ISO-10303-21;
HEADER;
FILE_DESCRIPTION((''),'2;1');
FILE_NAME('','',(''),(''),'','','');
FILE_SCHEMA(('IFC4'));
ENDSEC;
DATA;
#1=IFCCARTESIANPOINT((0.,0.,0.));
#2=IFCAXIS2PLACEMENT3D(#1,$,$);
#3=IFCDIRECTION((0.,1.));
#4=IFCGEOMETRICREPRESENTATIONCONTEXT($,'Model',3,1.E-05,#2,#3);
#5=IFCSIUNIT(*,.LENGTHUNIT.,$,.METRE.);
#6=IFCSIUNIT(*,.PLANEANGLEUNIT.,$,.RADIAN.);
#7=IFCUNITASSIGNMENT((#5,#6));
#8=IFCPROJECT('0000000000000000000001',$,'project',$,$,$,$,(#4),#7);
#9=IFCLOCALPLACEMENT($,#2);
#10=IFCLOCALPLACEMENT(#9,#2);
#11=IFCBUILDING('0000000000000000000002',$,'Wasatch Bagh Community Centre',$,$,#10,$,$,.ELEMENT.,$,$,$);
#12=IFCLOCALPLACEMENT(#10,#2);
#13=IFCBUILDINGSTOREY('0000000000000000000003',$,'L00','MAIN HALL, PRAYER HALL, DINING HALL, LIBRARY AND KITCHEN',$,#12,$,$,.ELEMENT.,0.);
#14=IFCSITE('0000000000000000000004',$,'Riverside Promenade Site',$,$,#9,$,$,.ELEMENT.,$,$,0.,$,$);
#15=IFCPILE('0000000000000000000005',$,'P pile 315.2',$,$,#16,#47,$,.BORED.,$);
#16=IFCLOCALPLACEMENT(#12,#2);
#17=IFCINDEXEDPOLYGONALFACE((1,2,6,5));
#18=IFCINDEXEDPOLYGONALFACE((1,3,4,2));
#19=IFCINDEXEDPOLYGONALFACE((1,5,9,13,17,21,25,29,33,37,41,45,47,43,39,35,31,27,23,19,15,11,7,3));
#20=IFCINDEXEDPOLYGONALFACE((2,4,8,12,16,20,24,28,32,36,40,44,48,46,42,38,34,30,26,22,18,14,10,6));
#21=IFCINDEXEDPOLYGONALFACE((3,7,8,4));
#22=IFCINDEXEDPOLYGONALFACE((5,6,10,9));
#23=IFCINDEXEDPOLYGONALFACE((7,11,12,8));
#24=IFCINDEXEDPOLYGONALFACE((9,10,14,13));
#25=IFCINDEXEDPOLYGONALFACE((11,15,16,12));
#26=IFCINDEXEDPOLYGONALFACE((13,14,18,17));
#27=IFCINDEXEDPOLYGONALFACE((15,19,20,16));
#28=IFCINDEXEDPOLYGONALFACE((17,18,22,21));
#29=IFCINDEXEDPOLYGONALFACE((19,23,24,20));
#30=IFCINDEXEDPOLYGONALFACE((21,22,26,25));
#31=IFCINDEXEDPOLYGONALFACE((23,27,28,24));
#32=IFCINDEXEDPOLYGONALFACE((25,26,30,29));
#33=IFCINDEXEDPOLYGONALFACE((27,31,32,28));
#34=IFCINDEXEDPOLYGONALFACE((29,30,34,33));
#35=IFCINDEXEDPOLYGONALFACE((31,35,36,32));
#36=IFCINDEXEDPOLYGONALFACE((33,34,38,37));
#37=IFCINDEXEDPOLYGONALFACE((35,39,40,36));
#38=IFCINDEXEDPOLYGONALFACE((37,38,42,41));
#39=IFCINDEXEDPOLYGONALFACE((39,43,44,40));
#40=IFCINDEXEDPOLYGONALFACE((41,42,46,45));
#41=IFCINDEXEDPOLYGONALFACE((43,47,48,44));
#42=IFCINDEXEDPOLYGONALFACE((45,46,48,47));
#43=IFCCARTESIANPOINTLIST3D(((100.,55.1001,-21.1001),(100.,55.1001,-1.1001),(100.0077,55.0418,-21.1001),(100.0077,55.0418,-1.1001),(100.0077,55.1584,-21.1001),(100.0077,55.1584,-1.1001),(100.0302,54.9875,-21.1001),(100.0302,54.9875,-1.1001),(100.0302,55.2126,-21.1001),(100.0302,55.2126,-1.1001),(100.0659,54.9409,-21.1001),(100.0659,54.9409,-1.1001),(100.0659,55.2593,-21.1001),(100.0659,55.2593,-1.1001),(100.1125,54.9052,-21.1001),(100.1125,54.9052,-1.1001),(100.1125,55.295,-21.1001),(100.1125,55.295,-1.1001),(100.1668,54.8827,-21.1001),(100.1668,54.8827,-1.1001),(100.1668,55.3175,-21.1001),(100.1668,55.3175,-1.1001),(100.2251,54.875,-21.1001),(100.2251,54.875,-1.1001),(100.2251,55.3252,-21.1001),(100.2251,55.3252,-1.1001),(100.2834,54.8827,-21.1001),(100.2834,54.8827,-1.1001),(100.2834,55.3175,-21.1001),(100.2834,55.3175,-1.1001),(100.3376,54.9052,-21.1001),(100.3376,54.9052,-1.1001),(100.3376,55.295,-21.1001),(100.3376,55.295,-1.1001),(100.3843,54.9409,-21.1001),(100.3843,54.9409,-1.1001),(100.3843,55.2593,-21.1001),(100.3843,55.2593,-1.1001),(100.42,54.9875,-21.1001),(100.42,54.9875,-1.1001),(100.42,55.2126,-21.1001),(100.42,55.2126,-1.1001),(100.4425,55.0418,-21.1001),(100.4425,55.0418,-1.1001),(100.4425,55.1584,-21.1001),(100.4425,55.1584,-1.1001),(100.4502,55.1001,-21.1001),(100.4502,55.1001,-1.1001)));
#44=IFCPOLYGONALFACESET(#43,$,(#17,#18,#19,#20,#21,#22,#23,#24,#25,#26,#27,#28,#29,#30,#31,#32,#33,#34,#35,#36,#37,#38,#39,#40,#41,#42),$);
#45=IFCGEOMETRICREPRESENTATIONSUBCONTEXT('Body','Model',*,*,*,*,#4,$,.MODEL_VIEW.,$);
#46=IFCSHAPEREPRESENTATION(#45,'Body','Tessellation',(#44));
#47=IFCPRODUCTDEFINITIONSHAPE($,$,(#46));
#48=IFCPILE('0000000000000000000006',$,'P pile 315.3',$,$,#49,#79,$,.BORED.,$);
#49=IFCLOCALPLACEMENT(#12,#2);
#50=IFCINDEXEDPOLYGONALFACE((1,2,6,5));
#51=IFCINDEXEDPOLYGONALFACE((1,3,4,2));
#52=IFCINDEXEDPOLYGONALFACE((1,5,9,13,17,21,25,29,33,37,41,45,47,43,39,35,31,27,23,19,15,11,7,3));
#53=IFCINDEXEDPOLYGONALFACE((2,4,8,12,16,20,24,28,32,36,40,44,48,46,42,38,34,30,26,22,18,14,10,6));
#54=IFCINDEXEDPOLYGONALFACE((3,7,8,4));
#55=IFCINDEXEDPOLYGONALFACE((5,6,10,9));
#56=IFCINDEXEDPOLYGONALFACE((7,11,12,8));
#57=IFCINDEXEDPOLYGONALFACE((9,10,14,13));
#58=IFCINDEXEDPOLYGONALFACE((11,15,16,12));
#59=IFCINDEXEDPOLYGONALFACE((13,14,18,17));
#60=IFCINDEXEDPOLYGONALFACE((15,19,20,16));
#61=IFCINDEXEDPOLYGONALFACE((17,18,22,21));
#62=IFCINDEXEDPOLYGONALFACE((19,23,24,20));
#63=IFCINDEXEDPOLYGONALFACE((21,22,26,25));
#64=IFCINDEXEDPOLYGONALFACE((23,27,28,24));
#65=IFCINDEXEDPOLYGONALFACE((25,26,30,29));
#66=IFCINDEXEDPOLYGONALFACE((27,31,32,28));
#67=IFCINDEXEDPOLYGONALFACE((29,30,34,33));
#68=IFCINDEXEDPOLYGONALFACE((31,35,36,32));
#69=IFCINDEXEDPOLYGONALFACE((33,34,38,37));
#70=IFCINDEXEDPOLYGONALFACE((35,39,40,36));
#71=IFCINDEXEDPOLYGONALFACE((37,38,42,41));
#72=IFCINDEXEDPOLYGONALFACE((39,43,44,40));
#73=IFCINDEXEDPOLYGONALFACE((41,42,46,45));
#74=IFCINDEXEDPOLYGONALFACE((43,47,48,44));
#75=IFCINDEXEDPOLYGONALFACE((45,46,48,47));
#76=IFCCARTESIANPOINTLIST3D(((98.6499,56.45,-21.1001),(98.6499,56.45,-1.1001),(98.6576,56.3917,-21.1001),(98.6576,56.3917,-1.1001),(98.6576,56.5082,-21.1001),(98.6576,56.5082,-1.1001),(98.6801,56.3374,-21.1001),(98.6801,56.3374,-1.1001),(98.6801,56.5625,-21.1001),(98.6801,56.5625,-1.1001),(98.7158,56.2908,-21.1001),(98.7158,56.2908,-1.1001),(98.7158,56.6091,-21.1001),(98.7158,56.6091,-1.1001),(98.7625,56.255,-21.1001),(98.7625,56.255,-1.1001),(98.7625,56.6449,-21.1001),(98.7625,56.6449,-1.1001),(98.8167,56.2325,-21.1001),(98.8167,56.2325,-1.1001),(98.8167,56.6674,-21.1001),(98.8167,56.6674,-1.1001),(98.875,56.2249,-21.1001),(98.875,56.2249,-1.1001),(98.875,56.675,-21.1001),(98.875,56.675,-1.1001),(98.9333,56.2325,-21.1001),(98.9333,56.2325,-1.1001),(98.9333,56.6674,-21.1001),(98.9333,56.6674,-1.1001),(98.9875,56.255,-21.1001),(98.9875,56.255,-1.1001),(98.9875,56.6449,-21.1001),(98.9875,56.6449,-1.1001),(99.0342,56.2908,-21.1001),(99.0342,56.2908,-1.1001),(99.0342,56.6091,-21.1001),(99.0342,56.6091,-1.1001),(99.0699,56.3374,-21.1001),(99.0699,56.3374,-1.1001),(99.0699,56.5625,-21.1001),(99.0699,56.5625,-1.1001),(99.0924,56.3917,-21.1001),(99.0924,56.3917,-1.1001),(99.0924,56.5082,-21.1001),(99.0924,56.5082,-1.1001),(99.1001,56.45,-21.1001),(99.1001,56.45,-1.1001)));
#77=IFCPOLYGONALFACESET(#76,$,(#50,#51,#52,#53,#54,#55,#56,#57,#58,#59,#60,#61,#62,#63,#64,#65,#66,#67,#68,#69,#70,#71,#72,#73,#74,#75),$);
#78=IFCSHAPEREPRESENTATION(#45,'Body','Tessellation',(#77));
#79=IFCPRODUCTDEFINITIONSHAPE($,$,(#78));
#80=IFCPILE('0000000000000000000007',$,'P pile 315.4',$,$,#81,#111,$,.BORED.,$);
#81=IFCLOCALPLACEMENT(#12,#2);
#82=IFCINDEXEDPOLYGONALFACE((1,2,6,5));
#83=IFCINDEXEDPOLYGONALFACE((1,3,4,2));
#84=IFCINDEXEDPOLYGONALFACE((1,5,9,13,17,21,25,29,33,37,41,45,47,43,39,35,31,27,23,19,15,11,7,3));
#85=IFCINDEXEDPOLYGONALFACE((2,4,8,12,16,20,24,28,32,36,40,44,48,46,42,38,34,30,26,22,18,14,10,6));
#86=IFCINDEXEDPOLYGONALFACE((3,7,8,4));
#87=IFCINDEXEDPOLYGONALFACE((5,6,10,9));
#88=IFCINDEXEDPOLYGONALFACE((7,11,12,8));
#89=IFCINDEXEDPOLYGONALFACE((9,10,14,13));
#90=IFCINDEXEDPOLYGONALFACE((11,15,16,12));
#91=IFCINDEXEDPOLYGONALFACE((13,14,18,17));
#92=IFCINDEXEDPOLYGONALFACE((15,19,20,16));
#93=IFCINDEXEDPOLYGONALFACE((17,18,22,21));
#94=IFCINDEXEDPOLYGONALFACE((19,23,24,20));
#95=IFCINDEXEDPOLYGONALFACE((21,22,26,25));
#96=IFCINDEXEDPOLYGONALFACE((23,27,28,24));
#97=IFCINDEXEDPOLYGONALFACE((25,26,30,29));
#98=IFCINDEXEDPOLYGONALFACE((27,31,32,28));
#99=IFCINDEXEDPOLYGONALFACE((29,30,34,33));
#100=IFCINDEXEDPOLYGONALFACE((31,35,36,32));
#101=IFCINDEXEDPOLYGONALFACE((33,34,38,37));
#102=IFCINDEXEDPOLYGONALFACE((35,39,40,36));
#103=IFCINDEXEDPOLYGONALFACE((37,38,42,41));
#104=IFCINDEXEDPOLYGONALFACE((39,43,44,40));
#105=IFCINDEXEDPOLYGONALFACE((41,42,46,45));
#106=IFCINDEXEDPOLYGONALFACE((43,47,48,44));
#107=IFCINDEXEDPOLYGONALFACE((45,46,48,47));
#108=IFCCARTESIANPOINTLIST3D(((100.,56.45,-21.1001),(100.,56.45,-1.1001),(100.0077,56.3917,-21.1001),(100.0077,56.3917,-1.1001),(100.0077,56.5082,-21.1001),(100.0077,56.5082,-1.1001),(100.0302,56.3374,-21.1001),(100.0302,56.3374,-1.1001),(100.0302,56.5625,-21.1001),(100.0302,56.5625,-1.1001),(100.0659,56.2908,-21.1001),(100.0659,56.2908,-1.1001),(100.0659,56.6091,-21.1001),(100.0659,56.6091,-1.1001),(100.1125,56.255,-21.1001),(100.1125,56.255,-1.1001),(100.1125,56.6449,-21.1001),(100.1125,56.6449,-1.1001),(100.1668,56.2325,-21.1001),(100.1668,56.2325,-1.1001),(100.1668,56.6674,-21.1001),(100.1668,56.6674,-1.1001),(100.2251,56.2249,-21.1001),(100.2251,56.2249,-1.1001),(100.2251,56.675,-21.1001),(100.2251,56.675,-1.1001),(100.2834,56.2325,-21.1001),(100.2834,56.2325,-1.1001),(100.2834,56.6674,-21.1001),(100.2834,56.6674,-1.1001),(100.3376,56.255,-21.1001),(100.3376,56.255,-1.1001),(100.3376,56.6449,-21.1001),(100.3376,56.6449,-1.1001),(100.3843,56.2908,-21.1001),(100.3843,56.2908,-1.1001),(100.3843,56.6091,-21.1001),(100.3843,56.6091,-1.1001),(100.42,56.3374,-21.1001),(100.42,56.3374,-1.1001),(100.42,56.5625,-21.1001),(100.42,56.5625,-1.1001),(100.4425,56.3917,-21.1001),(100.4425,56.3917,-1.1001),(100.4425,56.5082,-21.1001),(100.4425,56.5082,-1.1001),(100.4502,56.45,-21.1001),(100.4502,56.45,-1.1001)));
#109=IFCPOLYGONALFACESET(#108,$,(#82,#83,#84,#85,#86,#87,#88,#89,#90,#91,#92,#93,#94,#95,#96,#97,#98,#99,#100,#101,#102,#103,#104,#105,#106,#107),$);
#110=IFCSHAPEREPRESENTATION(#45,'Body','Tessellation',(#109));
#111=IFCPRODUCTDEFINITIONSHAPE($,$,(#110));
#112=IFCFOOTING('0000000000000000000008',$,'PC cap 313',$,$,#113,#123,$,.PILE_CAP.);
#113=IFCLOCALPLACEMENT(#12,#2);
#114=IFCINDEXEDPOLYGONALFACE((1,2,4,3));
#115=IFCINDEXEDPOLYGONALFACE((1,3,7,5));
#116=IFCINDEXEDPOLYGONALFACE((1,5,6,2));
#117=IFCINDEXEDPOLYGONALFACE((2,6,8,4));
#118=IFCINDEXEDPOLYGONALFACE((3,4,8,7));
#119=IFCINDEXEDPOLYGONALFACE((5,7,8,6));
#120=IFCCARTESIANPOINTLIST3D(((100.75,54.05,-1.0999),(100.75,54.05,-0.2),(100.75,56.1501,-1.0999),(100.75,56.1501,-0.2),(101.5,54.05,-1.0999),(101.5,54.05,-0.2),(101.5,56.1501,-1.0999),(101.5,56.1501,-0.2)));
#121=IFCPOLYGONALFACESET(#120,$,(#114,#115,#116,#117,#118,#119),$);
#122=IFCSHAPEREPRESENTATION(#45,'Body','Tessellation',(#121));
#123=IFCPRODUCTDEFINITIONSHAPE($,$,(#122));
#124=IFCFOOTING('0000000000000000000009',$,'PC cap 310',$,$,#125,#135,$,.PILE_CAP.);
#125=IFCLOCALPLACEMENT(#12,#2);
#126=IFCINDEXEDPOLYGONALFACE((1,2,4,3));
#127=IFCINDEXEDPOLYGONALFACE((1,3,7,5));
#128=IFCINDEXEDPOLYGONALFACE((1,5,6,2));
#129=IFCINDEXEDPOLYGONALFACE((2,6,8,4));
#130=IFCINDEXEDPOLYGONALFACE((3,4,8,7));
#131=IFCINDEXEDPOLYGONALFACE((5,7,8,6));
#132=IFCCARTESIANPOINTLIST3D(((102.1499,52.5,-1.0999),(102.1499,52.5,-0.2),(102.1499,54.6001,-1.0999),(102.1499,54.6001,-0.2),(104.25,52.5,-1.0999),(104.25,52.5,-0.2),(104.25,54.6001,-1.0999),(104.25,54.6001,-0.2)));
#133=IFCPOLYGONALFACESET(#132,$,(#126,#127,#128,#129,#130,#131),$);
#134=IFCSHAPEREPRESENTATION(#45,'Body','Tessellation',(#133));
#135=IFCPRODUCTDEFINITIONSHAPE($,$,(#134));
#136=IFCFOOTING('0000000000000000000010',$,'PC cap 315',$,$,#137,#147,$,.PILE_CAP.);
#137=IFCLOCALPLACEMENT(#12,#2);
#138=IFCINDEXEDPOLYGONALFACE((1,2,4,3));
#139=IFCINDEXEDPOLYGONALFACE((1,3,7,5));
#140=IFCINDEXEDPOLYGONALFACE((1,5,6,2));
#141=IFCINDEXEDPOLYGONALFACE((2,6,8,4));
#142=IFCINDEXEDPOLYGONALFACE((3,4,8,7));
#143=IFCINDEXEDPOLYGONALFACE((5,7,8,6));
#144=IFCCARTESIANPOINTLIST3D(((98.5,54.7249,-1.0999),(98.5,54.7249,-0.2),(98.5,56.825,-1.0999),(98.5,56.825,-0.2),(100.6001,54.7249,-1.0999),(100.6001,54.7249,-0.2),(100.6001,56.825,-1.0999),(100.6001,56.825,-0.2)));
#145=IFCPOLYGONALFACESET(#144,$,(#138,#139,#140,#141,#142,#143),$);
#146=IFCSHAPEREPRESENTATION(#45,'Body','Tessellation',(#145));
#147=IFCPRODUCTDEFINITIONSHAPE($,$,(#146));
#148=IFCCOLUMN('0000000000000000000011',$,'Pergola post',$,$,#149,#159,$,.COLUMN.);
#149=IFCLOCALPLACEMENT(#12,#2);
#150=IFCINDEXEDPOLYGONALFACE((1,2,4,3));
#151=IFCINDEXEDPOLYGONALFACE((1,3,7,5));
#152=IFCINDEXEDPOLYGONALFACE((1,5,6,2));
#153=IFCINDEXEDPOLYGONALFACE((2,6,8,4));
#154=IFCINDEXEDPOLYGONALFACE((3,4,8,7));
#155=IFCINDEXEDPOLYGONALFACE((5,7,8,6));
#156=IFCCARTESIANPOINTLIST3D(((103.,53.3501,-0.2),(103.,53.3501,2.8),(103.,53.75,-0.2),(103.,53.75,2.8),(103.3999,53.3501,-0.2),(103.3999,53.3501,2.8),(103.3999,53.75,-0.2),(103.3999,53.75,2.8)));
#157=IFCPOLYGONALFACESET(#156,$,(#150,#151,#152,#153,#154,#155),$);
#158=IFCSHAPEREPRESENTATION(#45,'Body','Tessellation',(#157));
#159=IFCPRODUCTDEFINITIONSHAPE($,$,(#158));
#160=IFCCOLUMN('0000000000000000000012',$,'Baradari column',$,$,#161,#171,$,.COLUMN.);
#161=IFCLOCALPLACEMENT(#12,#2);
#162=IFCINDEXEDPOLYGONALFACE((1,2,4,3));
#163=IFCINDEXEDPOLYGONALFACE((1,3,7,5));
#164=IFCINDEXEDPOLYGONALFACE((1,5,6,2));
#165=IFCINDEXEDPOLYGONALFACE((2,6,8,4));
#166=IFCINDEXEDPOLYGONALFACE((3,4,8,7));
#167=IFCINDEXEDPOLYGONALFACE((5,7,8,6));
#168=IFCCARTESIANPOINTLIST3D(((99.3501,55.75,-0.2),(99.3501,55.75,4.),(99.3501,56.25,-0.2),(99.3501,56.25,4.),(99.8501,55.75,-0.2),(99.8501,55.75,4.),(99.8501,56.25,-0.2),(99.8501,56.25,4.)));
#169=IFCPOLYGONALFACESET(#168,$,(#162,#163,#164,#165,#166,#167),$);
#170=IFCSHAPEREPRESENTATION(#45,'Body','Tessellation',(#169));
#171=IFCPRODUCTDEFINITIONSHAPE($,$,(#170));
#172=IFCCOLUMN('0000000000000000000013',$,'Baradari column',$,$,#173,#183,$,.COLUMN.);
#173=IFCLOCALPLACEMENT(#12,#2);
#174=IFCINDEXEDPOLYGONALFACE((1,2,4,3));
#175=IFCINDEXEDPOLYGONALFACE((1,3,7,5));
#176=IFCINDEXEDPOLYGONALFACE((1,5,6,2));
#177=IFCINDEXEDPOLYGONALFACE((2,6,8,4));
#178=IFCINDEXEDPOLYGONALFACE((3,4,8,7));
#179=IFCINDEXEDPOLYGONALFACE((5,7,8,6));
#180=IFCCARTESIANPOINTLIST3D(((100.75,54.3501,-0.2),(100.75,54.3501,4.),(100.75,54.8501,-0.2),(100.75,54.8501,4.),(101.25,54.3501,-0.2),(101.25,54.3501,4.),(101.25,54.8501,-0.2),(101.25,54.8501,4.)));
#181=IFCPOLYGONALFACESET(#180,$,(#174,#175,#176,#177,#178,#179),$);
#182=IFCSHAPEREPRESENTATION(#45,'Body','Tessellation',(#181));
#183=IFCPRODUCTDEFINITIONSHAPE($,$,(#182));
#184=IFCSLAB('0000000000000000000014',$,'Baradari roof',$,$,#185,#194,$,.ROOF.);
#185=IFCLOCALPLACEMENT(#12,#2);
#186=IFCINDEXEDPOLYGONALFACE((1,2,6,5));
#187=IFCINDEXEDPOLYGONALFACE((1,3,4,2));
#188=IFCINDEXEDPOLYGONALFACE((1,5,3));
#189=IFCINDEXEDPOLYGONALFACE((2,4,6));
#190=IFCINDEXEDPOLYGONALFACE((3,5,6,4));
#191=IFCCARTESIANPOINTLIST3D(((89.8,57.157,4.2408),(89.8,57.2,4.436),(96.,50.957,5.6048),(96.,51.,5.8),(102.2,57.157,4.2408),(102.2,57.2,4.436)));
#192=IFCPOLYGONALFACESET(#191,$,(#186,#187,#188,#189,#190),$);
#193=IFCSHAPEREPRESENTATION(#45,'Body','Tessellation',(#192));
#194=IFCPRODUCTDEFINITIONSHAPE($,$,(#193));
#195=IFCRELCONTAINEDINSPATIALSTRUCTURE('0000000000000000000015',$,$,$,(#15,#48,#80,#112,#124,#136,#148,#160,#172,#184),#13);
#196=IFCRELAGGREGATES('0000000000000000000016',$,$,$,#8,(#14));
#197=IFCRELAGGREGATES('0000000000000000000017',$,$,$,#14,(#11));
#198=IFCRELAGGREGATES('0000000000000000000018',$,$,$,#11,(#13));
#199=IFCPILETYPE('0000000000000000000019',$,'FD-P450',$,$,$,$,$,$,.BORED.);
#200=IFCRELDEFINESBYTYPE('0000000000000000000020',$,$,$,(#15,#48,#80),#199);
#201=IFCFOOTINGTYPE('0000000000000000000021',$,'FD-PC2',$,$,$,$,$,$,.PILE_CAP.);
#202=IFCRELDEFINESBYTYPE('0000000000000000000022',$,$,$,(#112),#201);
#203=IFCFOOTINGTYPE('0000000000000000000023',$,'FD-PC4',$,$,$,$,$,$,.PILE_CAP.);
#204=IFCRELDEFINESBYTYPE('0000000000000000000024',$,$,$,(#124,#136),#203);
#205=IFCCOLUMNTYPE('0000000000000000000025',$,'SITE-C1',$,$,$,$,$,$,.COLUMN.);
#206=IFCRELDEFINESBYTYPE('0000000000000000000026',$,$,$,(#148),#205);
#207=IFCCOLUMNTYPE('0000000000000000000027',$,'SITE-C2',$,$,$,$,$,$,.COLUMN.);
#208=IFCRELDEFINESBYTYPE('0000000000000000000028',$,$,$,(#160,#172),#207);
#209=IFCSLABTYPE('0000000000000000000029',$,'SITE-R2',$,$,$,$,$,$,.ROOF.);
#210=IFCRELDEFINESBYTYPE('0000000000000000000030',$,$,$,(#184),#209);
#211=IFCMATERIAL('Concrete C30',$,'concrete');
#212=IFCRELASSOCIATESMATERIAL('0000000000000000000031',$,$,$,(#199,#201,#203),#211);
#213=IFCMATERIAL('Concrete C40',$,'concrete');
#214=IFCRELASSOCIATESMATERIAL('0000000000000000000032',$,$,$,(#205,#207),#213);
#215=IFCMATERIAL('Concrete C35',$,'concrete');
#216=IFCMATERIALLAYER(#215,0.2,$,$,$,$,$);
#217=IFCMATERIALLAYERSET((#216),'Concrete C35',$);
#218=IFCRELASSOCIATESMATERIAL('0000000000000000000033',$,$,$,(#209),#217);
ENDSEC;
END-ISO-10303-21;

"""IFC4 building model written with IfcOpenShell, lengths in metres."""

from ifc_helpers import new_model, si_unit, direction, frame, origin, origin_2d, place, context, subcontext, project, spatial, polyline, rectangle, circle, outline, extrude, material, layer, layer_set, material_profile, profile_set, type_object, element, save


model = new_model("IFC4")

# Units and contexts
model_context = context("Model", 3, precision=1e-05, world=origin(), true_north=direction((0.0, 1.0)))
body_context = subcontext(model_context, "Body", "Model", "MODEL_VIEW")
ifc_project = project(units=[si_unit("LENGTHUNIT", "METRE"), si_unit("PLANEANGLEUNIT", "RADIAN")], contexts=[model_context])

# Site, building, storey
site_placement = place(None, origin())
site = spatial("IfcSite", under=ifc_project, at=site_placement, Name="Riverside Promenade Site", CompositionType="ELEMENT", RefElevation=0.0)
building_placement = place(site_placement, origin())
building = spatial("IfcBuilding", under=site, at=building_placement, Name="Wasatch Bagh Community Centre", CompositionType="ELEMENT")
storey_placement = place(building_placement, origin())
storey = spatial("IfcBuildingStorey", under=building, at=storey_placement, Name="L00", Description="MAIN HALL, PRAYER HALL, DINING HALL, LIBRARY AND KITCHEN", CompositionType="ELEMENT", Elevation=0.0)

# Shared definitions
ifc_material_1 = material(Name="Concrete C35", Category="concrete")

# Piles
ifc_material_2 = material(Name="Concrete C30", Category="concrete")
ifc_material_profile_1 = material_profile(ifc_material_2, circle(Radius=0.2251, at=origin_2d()), Name="RC D450")
ifc_profile_set_1 = profile_set([ifc_material_profile_1], Name="Concrete C30")
pile_type = type_object("IfcPileType", Name="FD-P450", PredefinedType="BORED", material=ifc_profile_set_1)
for number, where, z_axis, x_axis, name in (
    (1, (100.2251, 55.1001, -1.1001), (0.0, 0.0, -1.0), (1.0, 0.0, 0.0), "P pile 315.2"),
    (2, (98.875, 56.45, -1.1001), (0.0, 0.0, -1.0), (1.0, 0.0, 0.0), "P pile 315.3"),
    (3, (100.2251, 56.45, -1.1001), (0.0, 0.0, -1.0), (1.0, 0.0, 0.0), "P pile 315.4"),
):
    element("IfcPile", number, at=place(storey_placement, frame(where, z_axis=z_axis, x_axis=x_axis)), inside=storey, type_object=pile_type, Name=name, PredefinedType="BORED", context=body_context, shape_type="SweptSolid", body=[
        extrude(circle(Radius=0.2251, at=origin_2d()), origin(), (0.0, 0.0, 1.0), 20.0),
    ])

# Footings
footing_type_1 = type_object("IfcFootingType", Name="FD-PC2", PredefinedType="PILE_CAP", material=ifc_material_2)
footing_1_placement = place(storey_placement, frame((101.125, 55.1001, -1.0999), z_axis=(0.0, 0.0, 1.0), x_axis=(0.0, 1.0, 0.0)))
element("IfcFooting", 4, at=footing_1_placement, inside=storey, type_object=footing_type_1, Name="PC cap 313", PredefinedType="PILE_CAP", context=body_context, shape_type="SweptSolid", body=[
    extrude(rectangle(XDim=2.1001, YDim=0.75, at=origin_2d()), origin(), (0.0, 0.0, 1.0), 0.8999),
])
footing_type_2 = type_object("IfcFootingType", Name="FD-PC4", PredefinedType="PILE_CAP", material=ifc_material_2)
for number, where, z_axis, x_axis, name in (
    (5, (103.2, 53.55, -1.0999), (0.0, 0.0, 1.0), (1.0, 0.0, 0.0), "PC cap 310"),
    (6, (99.55, 55.7749, -1.0999), (0.0, 0.0, 1.0), (1.0, 0.0, 0.0), "PC cap 315"),
):
    element("IfcFooting", number, at=place(storey_placement, frame(where, z_axis=z_axis, x_axis=x_axis)), inside=storey, type_object=footing_type_2, Name=name, PredefinedType="PILE_CAP", context=body_context, shape_type="SweptSolid", body=[
        extrude(rectangle(XDim=2.1001, YDim=2.1001, at=origin_2d()), origin(), (0.0, 0.0, 1.0), 0.8999),
    ])

# Columns
ifc_material_3 = material(Name="Concrete C40", Category="concrete")
ifc_material_profile_2 = material_profile(ifc_material_3, rectangle(XDim=0.3999, YDim=0.3999, at=origin_2d()), Name="RC 400x400")
ifc_profile_set_2 = profile_set([ifc_material_profile_2], Name="Concrete C40")
column_type_1 = type_object("IfcColumnType", Name="SITE-C1", PredefinedType="COLUMN", material=ifc_profile_set_2)
column_placement = place(storey_placement, frame((103.2, 53.55, -0.2), z_axis=(0.0, 0.0, 1.0), x_axis=(1.0, 0.0, 0.0)))
element("IfcColumn", 7, at=column_placement, inside=storey, type_object=column_type_1, Name="Pergola post", PredefinedType="COLUMN", context=body_context, shape_type="SweptSolid", body=[
    extrude(rectangle(XDim=0.3999, YDim=0.3999, at=origin_2d()), origin(), (0.0, 0.0, 1.0), 3.0),
])
ifc_material_profile_3 = material_profile(ifc_material_3, rectangle(XDim=0.5, YDim=0.5, at=origin_2d()), Name="RC 500x500")
ifc_profile_set_3 = profile_set([ifc_material_profile_3], Name="Concrete C40")
column_type_2 = type_object("IfcColumnType", Name="SITE-C2", PredefinedType="COLUMN", material=ifc_profile_set_3)
for number, where, z_axis, x_axis, name in (
    (8, (99.6001, 56.0, -0.2), (0.0, 0.0, 1.0), (1.0, 0.0, 0.0), "Baradari column"),
    (9, (101.0, 54.6001, -0.2), (0.0, 0.0, 1.0), (1.0, 0.0, 0.0), "Baradari column"),
):
    element("IfcColumn", number, at=place(storey_placement, frame(where, z_axis=z_axis, x_axis=x_axis)), inside=storey, type_object=column_type_2, Name=name, PredefinedType="COLUMN", context=body_context, shape_type="SweptSolid", body=[
        extrude(rectangle(XDim=0.5, YDim=0.5, at=origin_2d()), origin(), (0.0, 0.0, 1.0), 4.2),
    ])

# Slab
ifc_layer_1 = layer(ifc_material_1, 0.2)
ifc_layer_set_1 = layer_set([ifc_layer_1], Name="Concrete C35")
slab_type = type_object("IfcSlabType", Name="SITE-R2", PredefinedType="ROOF", material=ifc_layer_set_1)
slab_placement = place(storey_placement, frame((102.2, 57.2, 4.436), z_axis=(0.0, 0.214865, 0.976644), x_axis=(-1.0, 0.0, 0.0)))
element("IfcSlab", 10, at=slab_placement, inside=storey, type_object=slab_type, Name="Baradari roof", PredefinedType="ROOF", context=body_context, shape_type="SweptSolid", body=[
    extrude(outline(polyline([(0.0, 0.0), (12.3999, 0.0), (6.2, 6.3482), (0.0, 0.0)])), origin(), (0.0, 0.0, -1.0), 0.2),
])

save(model, "model.ifc")
